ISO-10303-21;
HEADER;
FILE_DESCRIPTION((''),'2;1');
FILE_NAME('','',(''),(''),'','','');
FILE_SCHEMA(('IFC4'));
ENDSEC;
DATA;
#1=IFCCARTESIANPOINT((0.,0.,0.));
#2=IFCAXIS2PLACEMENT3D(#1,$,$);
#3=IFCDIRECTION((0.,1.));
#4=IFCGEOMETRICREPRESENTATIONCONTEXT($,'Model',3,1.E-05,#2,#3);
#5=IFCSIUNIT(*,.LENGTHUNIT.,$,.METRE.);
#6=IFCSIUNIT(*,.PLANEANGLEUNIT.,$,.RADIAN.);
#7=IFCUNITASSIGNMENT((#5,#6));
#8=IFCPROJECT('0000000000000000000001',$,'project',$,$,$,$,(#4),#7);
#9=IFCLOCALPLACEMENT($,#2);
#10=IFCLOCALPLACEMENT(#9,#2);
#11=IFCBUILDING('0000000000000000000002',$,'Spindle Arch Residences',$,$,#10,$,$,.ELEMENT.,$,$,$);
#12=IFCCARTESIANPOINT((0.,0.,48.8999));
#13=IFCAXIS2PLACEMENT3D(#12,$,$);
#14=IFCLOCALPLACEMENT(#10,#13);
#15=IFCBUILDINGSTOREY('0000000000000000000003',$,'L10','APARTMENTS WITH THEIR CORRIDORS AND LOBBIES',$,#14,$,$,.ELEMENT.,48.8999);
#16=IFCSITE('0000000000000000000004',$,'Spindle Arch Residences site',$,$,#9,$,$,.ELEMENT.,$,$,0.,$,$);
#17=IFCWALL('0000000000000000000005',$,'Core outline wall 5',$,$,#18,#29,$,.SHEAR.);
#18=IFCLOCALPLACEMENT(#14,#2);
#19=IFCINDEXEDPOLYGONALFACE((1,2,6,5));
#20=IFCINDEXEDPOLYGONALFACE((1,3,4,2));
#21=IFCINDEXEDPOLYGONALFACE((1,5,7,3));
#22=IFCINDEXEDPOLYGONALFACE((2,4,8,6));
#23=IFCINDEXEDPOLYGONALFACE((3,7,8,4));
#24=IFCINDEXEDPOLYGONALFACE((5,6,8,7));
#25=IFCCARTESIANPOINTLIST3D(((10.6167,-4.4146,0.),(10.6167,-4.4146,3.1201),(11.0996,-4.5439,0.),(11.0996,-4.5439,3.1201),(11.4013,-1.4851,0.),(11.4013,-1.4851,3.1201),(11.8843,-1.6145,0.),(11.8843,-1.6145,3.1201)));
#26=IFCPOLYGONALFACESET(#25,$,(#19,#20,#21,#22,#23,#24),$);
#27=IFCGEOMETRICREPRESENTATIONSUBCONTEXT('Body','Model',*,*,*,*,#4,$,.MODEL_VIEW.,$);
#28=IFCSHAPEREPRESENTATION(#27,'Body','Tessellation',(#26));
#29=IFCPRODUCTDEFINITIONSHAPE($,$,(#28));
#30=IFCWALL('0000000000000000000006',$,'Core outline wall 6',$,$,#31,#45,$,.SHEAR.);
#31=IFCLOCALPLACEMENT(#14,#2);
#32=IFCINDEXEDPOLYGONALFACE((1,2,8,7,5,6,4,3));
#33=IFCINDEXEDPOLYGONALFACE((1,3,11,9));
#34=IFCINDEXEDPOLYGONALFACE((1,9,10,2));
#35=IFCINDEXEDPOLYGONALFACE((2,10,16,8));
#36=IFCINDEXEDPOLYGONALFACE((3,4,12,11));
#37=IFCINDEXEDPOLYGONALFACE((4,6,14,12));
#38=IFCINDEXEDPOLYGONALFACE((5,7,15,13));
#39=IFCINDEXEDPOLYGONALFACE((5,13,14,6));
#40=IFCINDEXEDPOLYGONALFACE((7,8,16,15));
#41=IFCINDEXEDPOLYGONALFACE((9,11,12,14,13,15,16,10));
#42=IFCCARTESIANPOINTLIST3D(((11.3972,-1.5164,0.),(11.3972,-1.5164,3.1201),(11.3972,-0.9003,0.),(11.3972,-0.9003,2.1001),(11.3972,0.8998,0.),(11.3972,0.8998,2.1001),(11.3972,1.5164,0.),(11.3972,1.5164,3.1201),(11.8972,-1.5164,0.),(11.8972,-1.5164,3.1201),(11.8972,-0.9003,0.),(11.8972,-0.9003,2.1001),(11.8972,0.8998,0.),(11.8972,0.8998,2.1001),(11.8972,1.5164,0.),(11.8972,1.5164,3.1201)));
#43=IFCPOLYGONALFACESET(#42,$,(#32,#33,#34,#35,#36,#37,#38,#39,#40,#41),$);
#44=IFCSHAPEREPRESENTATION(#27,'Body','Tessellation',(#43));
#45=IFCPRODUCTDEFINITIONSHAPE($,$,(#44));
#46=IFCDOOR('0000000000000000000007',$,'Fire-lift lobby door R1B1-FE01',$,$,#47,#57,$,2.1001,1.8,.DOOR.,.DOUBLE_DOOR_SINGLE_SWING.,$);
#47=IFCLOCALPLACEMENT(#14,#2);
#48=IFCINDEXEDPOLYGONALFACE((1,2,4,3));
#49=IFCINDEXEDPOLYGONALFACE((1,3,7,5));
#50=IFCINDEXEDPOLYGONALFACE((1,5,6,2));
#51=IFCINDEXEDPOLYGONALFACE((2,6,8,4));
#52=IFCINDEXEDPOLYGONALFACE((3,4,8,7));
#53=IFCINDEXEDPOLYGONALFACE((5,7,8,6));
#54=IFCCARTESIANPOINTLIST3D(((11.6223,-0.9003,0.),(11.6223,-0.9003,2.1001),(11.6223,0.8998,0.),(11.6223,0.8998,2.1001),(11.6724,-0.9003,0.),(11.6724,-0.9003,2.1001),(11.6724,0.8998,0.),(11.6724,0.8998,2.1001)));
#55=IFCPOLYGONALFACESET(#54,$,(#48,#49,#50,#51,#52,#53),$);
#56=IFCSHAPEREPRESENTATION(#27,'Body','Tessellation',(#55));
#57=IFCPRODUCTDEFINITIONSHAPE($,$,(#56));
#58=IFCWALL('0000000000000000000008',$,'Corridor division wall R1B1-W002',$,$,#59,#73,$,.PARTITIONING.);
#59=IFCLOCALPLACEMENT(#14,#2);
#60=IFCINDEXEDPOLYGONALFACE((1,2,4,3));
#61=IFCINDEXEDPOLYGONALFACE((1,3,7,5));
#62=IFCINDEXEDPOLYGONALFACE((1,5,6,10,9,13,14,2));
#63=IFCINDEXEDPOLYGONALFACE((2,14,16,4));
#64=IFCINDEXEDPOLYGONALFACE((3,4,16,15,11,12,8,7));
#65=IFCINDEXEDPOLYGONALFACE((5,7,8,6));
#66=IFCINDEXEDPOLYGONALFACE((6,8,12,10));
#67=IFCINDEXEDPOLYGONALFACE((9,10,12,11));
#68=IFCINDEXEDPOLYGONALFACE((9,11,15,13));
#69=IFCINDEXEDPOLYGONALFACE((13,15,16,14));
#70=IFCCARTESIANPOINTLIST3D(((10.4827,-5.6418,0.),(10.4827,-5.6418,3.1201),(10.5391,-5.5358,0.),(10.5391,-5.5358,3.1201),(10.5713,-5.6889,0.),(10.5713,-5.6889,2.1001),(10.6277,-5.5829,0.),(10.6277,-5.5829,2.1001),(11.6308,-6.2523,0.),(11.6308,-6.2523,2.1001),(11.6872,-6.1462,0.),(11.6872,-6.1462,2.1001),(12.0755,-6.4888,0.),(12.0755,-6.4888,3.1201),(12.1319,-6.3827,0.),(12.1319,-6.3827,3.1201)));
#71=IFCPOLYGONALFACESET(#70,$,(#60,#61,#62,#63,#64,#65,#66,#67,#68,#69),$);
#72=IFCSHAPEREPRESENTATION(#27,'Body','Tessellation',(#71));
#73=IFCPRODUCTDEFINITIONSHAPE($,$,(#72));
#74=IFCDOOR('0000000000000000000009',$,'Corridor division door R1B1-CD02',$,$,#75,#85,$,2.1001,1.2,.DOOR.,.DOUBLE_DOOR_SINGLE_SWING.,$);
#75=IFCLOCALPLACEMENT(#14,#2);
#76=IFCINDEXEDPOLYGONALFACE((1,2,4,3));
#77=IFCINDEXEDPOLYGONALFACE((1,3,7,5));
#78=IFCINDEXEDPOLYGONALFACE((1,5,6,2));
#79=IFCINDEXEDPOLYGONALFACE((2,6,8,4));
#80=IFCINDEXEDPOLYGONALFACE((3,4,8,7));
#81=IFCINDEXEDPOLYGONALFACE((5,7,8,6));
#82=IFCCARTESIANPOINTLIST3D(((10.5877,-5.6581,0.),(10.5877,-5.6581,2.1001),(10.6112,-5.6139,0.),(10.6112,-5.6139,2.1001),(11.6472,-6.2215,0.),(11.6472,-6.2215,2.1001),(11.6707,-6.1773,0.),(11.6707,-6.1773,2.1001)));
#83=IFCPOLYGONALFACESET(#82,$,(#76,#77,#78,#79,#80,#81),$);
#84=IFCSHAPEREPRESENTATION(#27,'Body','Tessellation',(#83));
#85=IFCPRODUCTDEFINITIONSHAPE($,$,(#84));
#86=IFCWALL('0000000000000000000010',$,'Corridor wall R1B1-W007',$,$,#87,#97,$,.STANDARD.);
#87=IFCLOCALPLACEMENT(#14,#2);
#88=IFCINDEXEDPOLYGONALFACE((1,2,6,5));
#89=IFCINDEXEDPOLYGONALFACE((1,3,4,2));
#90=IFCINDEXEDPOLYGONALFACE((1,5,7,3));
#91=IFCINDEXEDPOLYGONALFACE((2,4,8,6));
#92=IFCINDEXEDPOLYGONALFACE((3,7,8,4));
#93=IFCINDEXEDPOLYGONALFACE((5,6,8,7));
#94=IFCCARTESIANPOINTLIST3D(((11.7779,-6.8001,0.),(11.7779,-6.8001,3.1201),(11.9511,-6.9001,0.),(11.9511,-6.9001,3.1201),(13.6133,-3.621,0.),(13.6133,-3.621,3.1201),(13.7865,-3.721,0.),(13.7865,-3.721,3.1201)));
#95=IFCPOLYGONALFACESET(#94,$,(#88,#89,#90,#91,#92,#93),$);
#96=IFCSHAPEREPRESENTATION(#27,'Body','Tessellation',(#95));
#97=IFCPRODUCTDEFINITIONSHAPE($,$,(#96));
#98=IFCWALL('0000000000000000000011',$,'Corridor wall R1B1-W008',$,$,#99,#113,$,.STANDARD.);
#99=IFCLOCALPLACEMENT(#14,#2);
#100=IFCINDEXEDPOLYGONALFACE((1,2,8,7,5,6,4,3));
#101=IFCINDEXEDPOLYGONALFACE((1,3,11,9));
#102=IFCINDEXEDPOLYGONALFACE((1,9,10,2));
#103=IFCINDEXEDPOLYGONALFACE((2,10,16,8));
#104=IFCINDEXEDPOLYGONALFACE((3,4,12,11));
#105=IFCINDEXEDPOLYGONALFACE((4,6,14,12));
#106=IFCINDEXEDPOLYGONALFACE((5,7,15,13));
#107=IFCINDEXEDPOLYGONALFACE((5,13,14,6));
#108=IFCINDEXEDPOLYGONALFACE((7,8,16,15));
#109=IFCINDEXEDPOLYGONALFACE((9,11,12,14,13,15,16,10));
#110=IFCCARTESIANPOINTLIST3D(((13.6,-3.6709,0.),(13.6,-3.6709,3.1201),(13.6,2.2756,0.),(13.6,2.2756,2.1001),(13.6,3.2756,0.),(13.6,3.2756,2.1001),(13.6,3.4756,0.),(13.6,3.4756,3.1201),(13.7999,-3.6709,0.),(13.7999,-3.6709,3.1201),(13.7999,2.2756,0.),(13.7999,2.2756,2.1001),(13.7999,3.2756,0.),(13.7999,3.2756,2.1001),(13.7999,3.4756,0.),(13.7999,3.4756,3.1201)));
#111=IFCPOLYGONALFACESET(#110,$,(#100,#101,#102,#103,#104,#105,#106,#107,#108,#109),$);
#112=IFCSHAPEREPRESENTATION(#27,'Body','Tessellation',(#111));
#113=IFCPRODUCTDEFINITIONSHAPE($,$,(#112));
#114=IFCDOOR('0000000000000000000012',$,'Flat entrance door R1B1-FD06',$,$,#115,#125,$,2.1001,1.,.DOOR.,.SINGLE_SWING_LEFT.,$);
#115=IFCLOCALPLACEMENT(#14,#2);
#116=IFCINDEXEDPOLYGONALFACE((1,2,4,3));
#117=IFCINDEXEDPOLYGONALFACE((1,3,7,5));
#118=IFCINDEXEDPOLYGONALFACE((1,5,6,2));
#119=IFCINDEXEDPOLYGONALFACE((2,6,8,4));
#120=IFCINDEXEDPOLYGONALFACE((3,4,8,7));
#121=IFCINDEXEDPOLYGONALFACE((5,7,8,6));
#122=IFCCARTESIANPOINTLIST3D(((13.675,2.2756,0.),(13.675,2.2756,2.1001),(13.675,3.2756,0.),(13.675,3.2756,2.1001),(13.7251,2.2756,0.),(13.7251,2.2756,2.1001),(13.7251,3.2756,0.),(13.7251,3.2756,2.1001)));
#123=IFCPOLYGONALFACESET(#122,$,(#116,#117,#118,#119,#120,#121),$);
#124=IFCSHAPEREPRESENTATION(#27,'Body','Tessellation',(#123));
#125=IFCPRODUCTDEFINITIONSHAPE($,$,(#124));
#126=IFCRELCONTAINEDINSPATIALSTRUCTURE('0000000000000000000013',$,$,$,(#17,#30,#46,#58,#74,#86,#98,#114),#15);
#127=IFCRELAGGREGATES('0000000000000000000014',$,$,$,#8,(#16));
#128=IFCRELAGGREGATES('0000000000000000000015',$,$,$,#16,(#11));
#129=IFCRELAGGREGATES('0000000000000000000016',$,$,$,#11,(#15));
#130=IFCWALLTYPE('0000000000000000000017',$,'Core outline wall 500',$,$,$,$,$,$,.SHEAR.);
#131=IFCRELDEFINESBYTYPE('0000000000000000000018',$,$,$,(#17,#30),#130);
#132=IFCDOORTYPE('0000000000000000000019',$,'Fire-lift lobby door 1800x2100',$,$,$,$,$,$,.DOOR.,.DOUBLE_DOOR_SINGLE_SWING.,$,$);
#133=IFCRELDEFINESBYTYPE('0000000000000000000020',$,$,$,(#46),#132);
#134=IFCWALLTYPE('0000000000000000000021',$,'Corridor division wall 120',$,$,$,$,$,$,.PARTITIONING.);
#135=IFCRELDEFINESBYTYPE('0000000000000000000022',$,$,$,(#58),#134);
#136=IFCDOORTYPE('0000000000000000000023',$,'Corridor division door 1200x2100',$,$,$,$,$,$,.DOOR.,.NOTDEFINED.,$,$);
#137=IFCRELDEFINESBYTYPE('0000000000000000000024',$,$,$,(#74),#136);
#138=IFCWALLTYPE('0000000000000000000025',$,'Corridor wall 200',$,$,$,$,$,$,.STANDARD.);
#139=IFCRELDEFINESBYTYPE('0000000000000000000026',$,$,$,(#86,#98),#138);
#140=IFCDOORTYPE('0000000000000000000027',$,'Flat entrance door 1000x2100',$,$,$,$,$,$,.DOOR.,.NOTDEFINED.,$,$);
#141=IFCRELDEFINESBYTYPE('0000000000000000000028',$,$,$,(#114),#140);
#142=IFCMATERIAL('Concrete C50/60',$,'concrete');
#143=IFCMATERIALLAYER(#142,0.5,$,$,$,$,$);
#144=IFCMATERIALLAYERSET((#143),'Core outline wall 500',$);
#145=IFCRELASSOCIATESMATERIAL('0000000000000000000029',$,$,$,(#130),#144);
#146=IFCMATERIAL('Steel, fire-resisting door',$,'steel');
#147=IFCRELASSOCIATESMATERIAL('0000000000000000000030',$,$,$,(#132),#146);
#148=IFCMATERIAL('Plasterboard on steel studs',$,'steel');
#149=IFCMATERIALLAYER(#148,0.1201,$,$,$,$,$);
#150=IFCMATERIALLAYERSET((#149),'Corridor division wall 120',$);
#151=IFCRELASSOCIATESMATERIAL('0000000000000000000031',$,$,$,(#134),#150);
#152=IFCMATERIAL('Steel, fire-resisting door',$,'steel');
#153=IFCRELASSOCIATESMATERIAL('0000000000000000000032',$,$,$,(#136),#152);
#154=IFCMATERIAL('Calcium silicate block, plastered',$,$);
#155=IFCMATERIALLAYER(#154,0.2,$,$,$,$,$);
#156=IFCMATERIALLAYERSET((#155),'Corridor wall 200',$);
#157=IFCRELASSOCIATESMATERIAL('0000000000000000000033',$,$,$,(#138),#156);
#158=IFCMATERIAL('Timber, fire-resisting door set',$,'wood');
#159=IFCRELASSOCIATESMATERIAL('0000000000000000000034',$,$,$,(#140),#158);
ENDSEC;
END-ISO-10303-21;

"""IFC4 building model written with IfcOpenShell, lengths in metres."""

from ifc_helpers import new_model, si_unit, direction, frame, frame_2d, origin, place, context, subcontext, project, spatial, rectangle, extrude, material, layer, layer_set, type_object, element, fill, save


model = new_model("IFC4")

# Units and contexts
model_context = context("Model", 3, precision=1e-05, world=origin(), true_north=direction((0.0, 1.0)))
body_context = subcontext(model_context, "Body", "Model", "MODEL_VIEW")
ifc_project = project(units=[si_unit("LENGTHUNIT", "METRE"), si_unit("PLANEANGLEUNIT", "RADIAN")], contexts=[model_context])

# Site, building, storey
site_placement = place(None, origin())
site = spatial("IfcSite", under=ifc_project, at=site_placement, Name="Spindle Arch Residences site", CompositionType="ELEMENT", RefElevation=0.0)
building_placement = place(site_placement, origin())
building = spatial("IfcBuilding", under=site, at=building_placement, Name="Spindle Arch Residences", CompositionType="ELEMENT")
storey_placement = place(building_placement, frame((0.0, 0.0, 48.8999)))
storey = spatial("IfcBuildingStorey", under=building, at=storey_placement, Name="L10", Description="APARTMENTS WITH THEIR CORRIDORS AND LOBBIES", CompositionType="ELEMENT", Elevation=48.8999)

# Wall
ifc_material_1 = material(Name="Concrete C50/60", Category="concrete")
ifc_layer_1 = layer(ifc_material_1, 0.5)
ifc_layer_set_1 = layer_set([ifc_layer_1], Name="Core outline wall 500")
wall_type_1 = type_object("IfcWallType", Name="Core outline wall 500", PredefinedType="SHEAR", material=ifc_layer_set_1)
wall_1_placement = place(storey_placement, frame((10.8582, -4.4792, 0.0), z_axis=(0.0, 0.0, 1.0), x_axis=(0.258735, 0.965948, 0.0)))
element("IfcWall", 1, at=wall_1_placement, inside=storey, type_object=wall_type_1, Name="Core outline wall 5", PredefinedType="SHEAR", context=body_context, shape_type="SweptSolid", body=[
    extrude(rectangle(XDim=3.0327, YDim=0.5, at=frame_2d((1.5164, 0.0))), origin(), (0.0, 0.0, 1.0), 3.1201),
])

# Walls, openings, doors
wall_2_placement = place(storey_placement, frame((11.6472, -1.5164, 0.0), z_axis=(0.0, 0.0, 1.0), x_axis=(0.0, 1.0, 0.0)))
wall_2 = element("IfcWall", 2, at=wall_2_placement, inside=storey, type_object=wall_type_1, Name="Core outline wall 6", PredefinedType="SHEAR", context=body_context, shape_type="SweptSolid", body=[
    extrude(rectangle(XDim=3.0327, YDim=0.5, at=frame_2d((1.5164, 0.0))), origin(), (0.0, 0.0, 1.0), 3.1201),
])
opening_1_placement = place(wall_2_placement, frame((0.6162, 0.0, 0.0)))
opening_1 = element("IfcOpeningElement", 3, at=opening_1_placement, cuts=wall_2, PredefinedType="OPENING", context=body_context, shape_type="SweptSolid", body=[
    extrude(rectangle(XDim=1.8, YDim=2.1001, at=frame_2d((0.8999, 1.05))), frame((0.0, 0.26, 0.0), z_axis=(0.0, -1.0, 0.0), x_axis=(1.0, 0.0, 0.0)), (0.0, 0.0, 1.0), 0.52),
])
ifc_material_2 = material(Name="Steel, fire-resisting door", Category="steel")
door_type_1 = type_object("IfcDoorType", Name="Fire-lift lobby door 1800x2100", OperationType="DOUBLE_DOOR_SINGLE_SWING", PredefinedType="DOOR", material=ifc_material_2)
door_1_placement = place(opening_1_placement, origin())
door_1 = element("IfcDoor", 4, at=door_1_placement, inside=storey, type_object=door_type_1, Name="Fire-lift lobby door R1B1-FE01", OperationType="DOUBLE_DOOR_SINGLE_SWING", OverallHeight=2.1001, OverallWidth=1.8, PredefinedType="DOOR", context=body_context, shape_type="SweptSolid", body=[
    extrude(rectangle(XDim=1.8, YDim=2.1001, at=frame_2d((0.8999, 1.05))), frame((0.0, 0.0249, 0.0), z_axis=(0.0, -1.0, 0.0), x_axis=(1.0, 0.0, 0.0)), (0.0, 0.0, 1.0), 0.05),
])
fill(opening_1, door_1)
ifc_material_3 = material(Name="Plasterboard on steel studs", Category="steel")
ifc_layer_2 = layer(ifc_material_3, 0.1201)
ifc_layer_set_2 = layer_set([ifc_layer_2], Name="Corridor division wall 120")
wall_type_2 = type_object("IfcWallType", Name="Corridor division wall 120", PredefinedType="PARTITIONING", material=ifc_layer_set_2)
wall_3_placement = place(storey_placement, frame((10.511, -5.5889, 0.0), z_axis=(0.0, 0.0, 1.0), x_axis=(0.88294, -0.469485, 0.0)))
wall_3 = element("IfcWall", 5, at=wall_3_placement, inside=storey, type_object=wall_type_2, Name="Corridor division wall R1B1-W002", PredefinedType="PARTITIONING", context=body_context, shape_type="SweptSolid", body=[
    extrude(rectangle(XDim=1.804, YDim=0.1201, at=frame_2d((0.9019, 0.0))), origin(), (0.0, 0.0, 1.0), 3.1201),
])
opening_2_placement = place(wall_3_placement, frame((0.1001, 0.0, 0.0)))
opening_2 = element("IfcOpeningElement", 6, at=opening_2_placement, cuts=wall_3, PredefinedType="OPENING", context=body_context, shape_type="SweptSolid", body=[
    extrude(rectangle(XDim=1.2, YDim=2.1001, at=frame_2d((0.6001, 1.05))), frame((0.0, 0.0701, 0.0), z_axis=(0.0, -1.0, 0.0), x_axis=(1.0, 0.0, 0.0)), (0.0, 0.0, 1.0), 0.1401),
])
ifc_material_4 = material(Name="Steel, fire-resisting door", Category="steel")
door_type_2 = type_object("IfcDoorType", Name="Corridor division door 1200x2100", OperationType="NOTDEFINED", PredefinedType="DOOR", material=ifc_material_4)
door_2_placement = place(opening_2_placement, origin())
door_2 = element("IfcDoor", 7, at=door_2_placement, inside=storey, type_object=door_type_2, Name="Corridor division door R1B1-CD02", OperationType="DOUBLE_DOOR_SINGLE_SWING", OverallHeight=2.1001, OverallWidth=1.2, PredefinedType="DOOR", context=body_context, shape_type="SweptSolid", body=[
    extrude(rectangle(XDim=1.2, YDim=2.1001, at=frame_2d((0.6001, 1.05))), frame((0.0, 0.0249, 0.0), z_axis=(0.0, -1.0, 0.0), x_axis=(1.0, 0.0, 0.0)), (0.0, 0.0, 1.0), 0.05),
])
fill(opening_2, door_2)

# Wall
ifc_material_5 = material(Name="Calcium silicate block, plastered")
ifc_layer_3 = layer(ifc_material_5, 0.2)
ifc_layer_set_3 = layer_set([ifc_layer_3], Name="Corridor wall 200")
wall_type_3 = type_object("IfcWallType", Name="Corridor wall 200", PredefinedType="STANDARD", material=ifc_layer_set_3)
wall_4_placement = place(storey_placement, frame((11.8645, -6.8501, 0.0), z_axis=(0.0, 0.0, 1.0), x_axis=(0.499987, 0.866033, 0.0)))
element("IfcWall", 8, at=wall_4_placement, inside=storey, type_object=wall_type_3, Name="Corridor wall R1B1-W007", PredefinedType="STANDARD", context=body_context, shape_type="SweptSolid", body=[
    extrude(rectangle(XDim=3.6709, YDim=0.2, at=frame_2d((1.8354, 0.0))), origin(), (0.0, 0.0, 1.0), 3.1201),
])

# Wall, opening, door
wall_5_placement = place(storey_placement, frame((13.7, -3.6709, 0.0), z_axis=(0.0, 0.0, 1.0), x_axis=(0.0, 1.0, 0.0)))
wall_5 = element("IfcWall", 9, at=wall_5_placement, inside=storey, type_object=wall_type_3, Name="Corridor wall R1B1-W008", PredefinedType="STANDARD", context=body_context, shape_type="SweptSolid", body=[
    extrude(rectangle(XDim=7.1465, YDim=0.2, at=frame_2d((3.5732, 0.0))), origin(), (0.0, 0.0, 1.0), 3.1201),
])
opening_3_placement = place(wall_5_placement, frame((5.9465, 0.0, 0.0)))
opening_3 = element("IfcOpeningElement", 10, at=opening_3_placement, cuts=wall_5, PredefinedType="OPENING", context=body_context, shape_type="SweptSolid", body=[
    extrude(rectangle(XDim=1.0, YDim=2.1001, at=frame_2d((0.5, 1.05))), frame((0.0, 0.1099, 0.0), z_axis=(0.0, -1.0, 0.0), x_axis=(1.0, 0.0, 0.0)), (0.0, 0.0, 1.0), 0.22),
])
ifc_material_6 = material(Name="Timber, fire-resisting door set", Category="wood")
door_type_3 = type_object("IfcDoorType", Name="Flat entrance door 1000x2100", OperationType="NOTDEFINED", PredefinedType="DOOR", material=ifc_material_6)
door_3_placement = place(opening_3_placement, origin())
door_3 = element("IfcDoor", 11, at=door_3_placement, inside=storey, type_object=door_type_3, Name="Flat entrance door R1B1-FD06", OperationType="SINGLE_SWING_LEFT", OverallHeight=2.1001, OverallWidth=1.0, PredefinedType="DOOR", context=body_context, shape_type="SweptSolid", body=[
    extrude(rectangle(XDim=1.0, YDim=2.1001, at=frame_2d((0.5, 1.05))), frame((0.0, 0.0249, 0.0), z_axis=(0.0, -1.0, 0.0), x_axis=(1.0, 0.0, 0.0)), (0.0, 0.0, 1.0), 0.05),
])
fill(opening_3, door_3)

save(model, "model.ifc")
